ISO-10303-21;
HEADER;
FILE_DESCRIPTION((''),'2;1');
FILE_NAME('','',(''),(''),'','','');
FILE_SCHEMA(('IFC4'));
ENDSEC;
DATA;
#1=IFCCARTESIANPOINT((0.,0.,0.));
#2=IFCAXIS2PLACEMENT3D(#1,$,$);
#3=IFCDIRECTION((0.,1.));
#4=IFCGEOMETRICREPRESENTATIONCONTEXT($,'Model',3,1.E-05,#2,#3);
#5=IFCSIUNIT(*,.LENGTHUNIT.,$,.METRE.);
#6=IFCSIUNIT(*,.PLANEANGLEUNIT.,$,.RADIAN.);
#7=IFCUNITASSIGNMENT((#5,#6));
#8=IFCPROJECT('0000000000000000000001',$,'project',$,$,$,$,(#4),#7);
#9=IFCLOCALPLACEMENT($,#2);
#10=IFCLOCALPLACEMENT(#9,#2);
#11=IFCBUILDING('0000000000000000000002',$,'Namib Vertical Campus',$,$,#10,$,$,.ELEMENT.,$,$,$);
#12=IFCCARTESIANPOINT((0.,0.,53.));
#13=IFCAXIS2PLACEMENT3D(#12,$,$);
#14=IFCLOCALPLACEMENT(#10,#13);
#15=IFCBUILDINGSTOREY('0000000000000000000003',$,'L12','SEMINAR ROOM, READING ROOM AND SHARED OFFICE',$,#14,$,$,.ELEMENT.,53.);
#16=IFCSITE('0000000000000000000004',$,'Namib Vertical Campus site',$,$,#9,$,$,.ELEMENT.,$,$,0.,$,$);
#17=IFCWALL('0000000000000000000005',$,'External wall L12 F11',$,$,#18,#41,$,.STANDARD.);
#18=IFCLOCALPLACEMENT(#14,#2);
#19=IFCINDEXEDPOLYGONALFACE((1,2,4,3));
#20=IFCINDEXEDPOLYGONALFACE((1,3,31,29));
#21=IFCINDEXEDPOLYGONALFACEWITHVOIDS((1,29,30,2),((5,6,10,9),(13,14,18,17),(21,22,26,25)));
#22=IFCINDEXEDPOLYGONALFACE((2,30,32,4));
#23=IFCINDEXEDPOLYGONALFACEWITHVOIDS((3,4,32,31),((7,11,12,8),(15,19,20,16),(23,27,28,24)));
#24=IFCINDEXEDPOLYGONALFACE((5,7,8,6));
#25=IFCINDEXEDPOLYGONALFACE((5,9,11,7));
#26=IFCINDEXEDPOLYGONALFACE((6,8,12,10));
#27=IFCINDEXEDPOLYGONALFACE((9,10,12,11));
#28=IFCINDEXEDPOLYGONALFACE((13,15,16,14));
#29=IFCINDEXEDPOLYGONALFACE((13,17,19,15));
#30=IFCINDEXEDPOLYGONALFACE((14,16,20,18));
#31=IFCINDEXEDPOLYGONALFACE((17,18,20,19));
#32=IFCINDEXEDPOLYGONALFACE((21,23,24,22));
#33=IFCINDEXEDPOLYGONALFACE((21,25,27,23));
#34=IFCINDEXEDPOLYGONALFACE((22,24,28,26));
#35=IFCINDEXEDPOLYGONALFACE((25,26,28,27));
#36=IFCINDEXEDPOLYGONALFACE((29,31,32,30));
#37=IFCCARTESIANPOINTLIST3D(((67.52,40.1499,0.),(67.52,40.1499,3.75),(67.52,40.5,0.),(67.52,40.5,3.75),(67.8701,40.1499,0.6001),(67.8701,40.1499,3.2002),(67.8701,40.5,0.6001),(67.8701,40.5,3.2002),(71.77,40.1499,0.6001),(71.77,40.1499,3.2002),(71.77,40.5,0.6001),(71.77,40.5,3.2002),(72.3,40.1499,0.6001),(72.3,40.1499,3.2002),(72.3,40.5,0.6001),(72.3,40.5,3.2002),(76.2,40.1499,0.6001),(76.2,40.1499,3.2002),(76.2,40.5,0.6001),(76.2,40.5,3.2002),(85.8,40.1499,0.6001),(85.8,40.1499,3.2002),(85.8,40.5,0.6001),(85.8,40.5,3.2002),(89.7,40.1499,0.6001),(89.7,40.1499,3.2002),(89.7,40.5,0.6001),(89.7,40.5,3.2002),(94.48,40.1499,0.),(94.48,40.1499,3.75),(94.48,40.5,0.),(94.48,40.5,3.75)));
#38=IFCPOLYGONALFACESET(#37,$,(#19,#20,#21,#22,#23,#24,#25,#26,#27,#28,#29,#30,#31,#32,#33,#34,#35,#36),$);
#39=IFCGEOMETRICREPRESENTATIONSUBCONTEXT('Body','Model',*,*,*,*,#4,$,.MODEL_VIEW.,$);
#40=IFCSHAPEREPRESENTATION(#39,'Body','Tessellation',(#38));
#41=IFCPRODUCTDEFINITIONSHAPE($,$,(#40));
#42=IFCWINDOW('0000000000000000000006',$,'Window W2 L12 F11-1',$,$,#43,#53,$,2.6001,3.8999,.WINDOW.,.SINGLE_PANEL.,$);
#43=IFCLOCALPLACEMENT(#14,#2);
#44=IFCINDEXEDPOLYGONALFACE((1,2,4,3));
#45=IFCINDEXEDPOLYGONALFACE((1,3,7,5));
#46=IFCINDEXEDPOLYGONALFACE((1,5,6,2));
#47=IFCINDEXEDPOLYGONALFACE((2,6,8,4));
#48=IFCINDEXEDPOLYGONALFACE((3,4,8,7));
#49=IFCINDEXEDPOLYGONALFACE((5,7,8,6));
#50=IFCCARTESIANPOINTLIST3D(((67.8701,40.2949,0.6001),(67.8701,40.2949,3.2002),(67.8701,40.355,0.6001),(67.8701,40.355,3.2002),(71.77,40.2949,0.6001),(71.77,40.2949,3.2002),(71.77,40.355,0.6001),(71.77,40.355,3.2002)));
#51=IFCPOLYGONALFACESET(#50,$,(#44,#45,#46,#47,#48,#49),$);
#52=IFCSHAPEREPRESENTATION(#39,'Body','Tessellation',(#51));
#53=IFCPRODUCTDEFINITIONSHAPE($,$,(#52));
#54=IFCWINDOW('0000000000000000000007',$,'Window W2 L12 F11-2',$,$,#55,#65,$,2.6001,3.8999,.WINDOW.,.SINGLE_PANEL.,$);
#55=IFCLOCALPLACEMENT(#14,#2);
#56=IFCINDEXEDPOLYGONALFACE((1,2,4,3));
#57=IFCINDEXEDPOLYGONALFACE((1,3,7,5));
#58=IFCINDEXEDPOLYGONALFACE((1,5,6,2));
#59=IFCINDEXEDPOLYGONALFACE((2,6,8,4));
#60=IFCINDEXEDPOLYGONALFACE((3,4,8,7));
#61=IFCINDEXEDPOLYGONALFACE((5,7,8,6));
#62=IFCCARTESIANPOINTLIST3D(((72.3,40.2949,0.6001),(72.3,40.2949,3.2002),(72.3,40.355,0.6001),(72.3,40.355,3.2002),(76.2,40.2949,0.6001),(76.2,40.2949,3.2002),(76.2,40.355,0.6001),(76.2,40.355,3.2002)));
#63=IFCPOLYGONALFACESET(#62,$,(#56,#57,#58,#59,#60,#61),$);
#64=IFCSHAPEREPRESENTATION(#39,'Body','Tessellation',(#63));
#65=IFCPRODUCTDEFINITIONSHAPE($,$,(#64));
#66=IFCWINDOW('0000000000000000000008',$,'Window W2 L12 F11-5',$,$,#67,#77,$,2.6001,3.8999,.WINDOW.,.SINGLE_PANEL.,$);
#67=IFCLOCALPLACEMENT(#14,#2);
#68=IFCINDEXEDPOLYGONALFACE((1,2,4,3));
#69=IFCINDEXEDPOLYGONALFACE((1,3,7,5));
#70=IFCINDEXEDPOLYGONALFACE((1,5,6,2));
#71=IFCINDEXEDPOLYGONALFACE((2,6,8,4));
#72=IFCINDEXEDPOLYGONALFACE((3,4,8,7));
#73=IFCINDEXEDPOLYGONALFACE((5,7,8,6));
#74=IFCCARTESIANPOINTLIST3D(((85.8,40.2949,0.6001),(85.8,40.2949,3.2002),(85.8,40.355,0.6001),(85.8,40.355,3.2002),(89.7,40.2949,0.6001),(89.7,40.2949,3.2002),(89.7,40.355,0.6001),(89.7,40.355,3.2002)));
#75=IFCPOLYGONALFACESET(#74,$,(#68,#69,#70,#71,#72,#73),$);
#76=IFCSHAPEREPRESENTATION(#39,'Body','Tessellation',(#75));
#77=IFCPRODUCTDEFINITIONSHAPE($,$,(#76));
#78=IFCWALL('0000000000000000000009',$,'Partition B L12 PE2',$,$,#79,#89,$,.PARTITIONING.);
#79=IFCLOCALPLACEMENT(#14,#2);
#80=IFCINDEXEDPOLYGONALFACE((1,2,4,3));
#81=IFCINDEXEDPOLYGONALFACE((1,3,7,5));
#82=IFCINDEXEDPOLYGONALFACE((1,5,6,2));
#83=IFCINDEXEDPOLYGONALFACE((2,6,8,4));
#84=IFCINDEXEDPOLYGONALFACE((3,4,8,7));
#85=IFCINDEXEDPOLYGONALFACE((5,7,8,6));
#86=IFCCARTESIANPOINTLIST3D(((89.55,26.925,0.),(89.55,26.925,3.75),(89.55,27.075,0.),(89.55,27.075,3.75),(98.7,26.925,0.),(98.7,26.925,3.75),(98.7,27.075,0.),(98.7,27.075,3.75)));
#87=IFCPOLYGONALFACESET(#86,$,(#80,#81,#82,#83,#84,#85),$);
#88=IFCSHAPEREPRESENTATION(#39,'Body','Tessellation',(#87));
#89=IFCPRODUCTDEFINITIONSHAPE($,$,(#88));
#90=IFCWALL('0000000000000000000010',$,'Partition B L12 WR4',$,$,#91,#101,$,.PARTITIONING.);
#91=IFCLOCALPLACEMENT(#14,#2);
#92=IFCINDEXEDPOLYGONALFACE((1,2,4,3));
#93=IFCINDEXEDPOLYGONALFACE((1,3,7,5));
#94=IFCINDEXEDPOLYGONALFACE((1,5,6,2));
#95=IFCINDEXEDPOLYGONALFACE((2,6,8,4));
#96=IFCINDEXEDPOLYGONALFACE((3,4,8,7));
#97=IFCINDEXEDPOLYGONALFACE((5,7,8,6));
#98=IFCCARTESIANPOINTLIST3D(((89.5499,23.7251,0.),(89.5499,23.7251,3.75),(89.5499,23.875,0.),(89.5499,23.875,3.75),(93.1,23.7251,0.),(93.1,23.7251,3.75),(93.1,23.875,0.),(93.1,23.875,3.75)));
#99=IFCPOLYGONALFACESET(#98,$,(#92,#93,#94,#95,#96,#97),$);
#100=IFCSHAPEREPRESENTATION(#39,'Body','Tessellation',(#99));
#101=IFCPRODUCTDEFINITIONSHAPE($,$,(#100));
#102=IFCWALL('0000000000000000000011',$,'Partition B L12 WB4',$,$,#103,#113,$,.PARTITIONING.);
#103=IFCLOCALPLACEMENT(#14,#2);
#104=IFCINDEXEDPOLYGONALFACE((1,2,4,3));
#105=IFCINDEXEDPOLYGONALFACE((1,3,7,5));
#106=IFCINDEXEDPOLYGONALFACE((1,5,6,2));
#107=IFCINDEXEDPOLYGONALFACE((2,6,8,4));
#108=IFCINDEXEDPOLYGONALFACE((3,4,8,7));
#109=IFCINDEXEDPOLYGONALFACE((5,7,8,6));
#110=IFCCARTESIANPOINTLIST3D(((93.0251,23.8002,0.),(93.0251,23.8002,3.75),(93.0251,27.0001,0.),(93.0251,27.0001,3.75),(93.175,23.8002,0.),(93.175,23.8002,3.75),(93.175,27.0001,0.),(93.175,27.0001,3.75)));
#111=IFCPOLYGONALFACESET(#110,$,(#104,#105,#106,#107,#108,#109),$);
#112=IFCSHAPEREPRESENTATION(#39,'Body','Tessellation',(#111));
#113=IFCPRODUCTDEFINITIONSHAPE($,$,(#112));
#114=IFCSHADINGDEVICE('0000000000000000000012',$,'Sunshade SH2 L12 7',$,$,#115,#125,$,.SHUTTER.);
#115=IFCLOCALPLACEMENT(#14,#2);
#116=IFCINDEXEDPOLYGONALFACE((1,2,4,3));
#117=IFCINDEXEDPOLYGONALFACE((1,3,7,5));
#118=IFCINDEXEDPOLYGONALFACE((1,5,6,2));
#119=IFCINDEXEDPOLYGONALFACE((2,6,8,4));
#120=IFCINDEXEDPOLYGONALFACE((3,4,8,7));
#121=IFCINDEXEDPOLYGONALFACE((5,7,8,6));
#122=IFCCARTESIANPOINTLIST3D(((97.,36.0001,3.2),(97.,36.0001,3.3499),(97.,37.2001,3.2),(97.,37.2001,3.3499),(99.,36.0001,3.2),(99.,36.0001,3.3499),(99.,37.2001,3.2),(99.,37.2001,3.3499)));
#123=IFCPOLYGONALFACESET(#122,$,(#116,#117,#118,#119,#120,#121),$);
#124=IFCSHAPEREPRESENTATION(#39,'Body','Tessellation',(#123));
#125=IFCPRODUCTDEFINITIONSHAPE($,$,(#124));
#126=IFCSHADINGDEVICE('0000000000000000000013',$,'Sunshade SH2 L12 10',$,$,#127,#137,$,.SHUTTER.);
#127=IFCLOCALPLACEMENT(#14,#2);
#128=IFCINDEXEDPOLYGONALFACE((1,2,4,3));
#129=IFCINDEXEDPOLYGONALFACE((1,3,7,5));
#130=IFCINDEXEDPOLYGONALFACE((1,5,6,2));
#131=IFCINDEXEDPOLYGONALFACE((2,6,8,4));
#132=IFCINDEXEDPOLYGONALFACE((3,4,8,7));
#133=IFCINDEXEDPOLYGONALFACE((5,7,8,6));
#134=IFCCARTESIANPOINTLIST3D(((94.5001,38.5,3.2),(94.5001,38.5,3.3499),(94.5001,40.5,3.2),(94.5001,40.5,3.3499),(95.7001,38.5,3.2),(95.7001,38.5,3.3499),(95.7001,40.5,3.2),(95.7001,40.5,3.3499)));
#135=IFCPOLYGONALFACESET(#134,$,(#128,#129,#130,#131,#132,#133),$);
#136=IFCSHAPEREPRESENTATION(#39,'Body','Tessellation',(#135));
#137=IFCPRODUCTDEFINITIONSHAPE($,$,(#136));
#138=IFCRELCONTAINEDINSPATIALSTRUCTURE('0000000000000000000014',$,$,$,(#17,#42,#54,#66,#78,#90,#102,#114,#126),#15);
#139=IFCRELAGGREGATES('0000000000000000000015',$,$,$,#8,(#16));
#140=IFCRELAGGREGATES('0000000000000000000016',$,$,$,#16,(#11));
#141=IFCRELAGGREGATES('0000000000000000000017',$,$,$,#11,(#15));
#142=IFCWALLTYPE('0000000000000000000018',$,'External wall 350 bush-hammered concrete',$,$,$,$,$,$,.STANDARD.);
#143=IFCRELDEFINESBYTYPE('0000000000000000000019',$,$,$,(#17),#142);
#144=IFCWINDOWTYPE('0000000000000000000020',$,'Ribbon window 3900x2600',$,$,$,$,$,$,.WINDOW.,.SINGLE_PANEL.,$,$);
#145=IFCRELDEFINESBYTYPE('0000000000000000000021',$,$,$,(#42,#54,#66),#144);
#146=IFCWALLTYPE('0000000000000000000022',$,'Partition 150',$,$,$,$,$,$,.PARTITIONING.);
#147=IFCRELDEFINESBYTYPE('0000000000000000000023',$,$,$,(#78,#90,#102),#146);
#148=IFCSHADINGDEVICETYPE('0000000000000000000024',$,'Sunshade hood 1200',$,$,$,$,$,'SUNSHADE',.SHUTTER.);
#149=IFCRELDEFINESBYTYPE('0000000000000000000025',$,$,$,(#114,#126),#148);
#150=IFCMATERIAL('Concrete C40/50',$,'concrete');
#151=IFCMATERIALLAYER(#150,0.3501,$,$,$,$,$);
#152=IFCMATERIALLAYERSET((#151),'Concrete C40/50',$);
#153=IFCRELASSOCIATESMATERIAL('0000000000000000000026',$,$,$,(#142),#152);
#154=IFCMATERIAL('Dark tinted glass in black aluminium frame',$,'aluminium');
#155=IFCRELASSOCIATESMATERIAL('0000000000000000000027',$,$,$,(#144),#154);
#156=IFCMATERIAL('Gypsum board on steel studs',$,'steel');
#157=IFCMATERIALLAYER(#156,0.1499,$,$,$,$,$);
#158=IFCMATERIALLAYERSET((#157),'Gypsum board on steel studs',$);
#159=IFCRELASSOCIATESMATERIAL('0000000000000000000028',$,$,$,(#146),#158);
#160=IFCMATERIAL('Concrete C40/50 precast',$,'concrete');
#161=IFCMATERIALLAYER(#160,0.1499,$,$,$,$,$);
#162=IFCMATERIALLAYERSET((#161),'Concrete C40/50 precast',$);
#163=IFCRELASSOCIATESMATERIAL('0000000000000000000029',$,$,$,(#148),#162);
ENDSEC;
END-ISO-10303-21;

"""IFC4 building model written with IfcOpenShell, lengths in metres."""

from ifc_helpers import new_model, si_unit, direction, frame, frame_2d, origin, origin_2d, place, context, subcontext, project, spatial, rectangle, extrude, material, layer, layer_set, type_object, element, fill, save


model = new_model("IFC4")

# Units and contexts
model_context = context("Model", 3, precision=1e-05, world=origin(), true_north=direction((0.0, 1.0)))
body_context = subcontext(model_context, "Body", "Model", "MODEL_VIEW")
ifc_project = project(units=[si_unit("LENGTHUNIT", "METRE"), si_unit("PLANEANGLEUNIT", "RADIAN")], contexts=[model_context])

# Site, building, storey
site_placement = place(None, origin())
site = spatial("IfcSite", under=ifc_project, at=site_placement, Name="Namib Vertical Campus site", CompositionType="ELEMENT", RefElevation=0.0)
building_placement = place(site_placement, origin())
building = spatial("IfcBuilding", under=site, at=building_placement, Name="Namib Vertical Campus", CompositionType="ELEMENT")
storey_placement = place(building_placement, frame((0.0, 0.0, 53.0)))
storey = spatial("IfcBuildingStorey", under=building, at=storey_placement, Name="L12", Description="SEMINAR ROOM, READING ROOM AND SHARED OFFICE", CompositionType="ELEMENT", Elevation=53.0)

# Shared definitions
ifc_material_1 = material(Name="Concrete C40/50", Category="concrete")
ifc_layer_1 = layer(ifc_material_1, 0.3501)
ifc_layer_set_1 = layer_set([ifc_layer_1], Name="Concrete C40/50")
wall_type_1 = type_object("IfcWallType", Name="External wall 350 bush-hammered concrete", PredefinedType="STANDARD", material=ifc_layer_set_1)

# Wall, openings, windows
wall_1_placement = place(storey_placement, frame((94.48, 40.325, 0.0), z_axis=(0.0, 0.0, 1.0), x_axis=(-1.0, 0.0, 0.0)))
wall_1 = element("IfcWall", 1, at=wall_1_placement, inside=storey, type_object=wall_type_1, Name="External wall L12 F11", PredefinedType="STANDARD", context=body_context, shape_type="SweptSolid", body=[
    extrude(rectangle(XDim=26.96, YDim=0.3501, at=frame_2d((13.48, 0.0))), origin(), (0.0, 0.0, 1.0), 3.75),
])
opening_1_placement = place(wall_1_placement, frame((22.71, 0.0, 0.6001)))
opening_1 = element("IfcOpeningElement", 2, at=opening_1_placement, cuts=wall_1, PredefinedType="OPENING", context=body_context, shape_type="SweptSolid", body=[
    extrude(rectangle(XDim=3.8999, YDim=2.6001, at=frame_2d((1.95, 1.3))), frame((0.0, 0.1851, 0.0), z_axis=(0.0, -1.0, 0.0), x_axis=(1.0, 0.0, 0.0)), (0.0, 0.0, 1.0), 0.3701),
])
opening_2_placement = place(wall_1_placement, frame((18.28, 0.0, 0.6001)))
opening_2 = element("IfcOpeningElement", 3, at=opening_2_placement, cuts=wall_1, PredefinedType="OPENING", context=body_context, shape_type="SweptSolid", body=[
    extrude(rectangle(XDim=3.8999, YDim=2.6001, at=frame_2d((1.95, 1.3))), frame((0.0, 0.1851, 0.0), z_axis=(0.0, -1.0, 0.0), x_axis=(1.0, 0.0, 0.0)), (0.0, 0.0, 1.0), 0.3701),
])
opening_3_placement = place(wall_1_placement, frame((4.78, 0.0, 0.6001)))
opening_3 = element("IfcOpeningElement", 4, at=opening_3_placement, cuts=wall_1, PredefinedType="OPENING", context=body_context, shape_type="SweptSolid", body=[
    extrude(rectangle(XDim=3.8999, YDim=2.6001, at=frame_2d((1.95, 1.3))), frame((0.0, 0.1851, 0.0), z_axis=(0.0, -1.0, 0.0), x_axis=(1.0, 0.0, 0.0)), (0.0, 0.0, 1.0), 0.3701),
])
ifc_material_2 = material(Name="Dark tinted glass in black aluminium frame", Category="aluminium")
window_type = type_object("IfcWindowType", Name="Ribbon window 3900x2600", PartitioningType="SINGLE_PANEL", PredefinedType="WINDOW", material=ifc_material_2)
window_1_placement = place(opening_1_placement, origin())
window_1 = element("IfcWindow", 5, at=window_1_placement, inside=storey, type_object=window_type, Name="Window W2 L12 F11-1", OverallHeight=2.6001, OverallWidth=3.8999, PartitioningType="SINGLE_PANEL", PredefinedType="WINDOW", context=body_context, shape_type="SweptSolid", body=[
    extrude(rectangle(XDim=3.8999, YDim=2.6001, at=frame_2d((1.95, 1.3))), frame((0.0, 0.03, 0.0), z_axis=(0.0, -1.0, 0.0), x_axis=(1.0, 0.0, 0.0)), (0.0, 0.0, 1.0), 0.0601),
])
fill(opening_1, window_1)
window_2_placement = place(opening_2_placement, origin())
window_2 = element("IfcWindow", 6, at=window_2_placement, inside=storey, type_object=window_type, Name="Window W2 L12 F11-2", OverallHeight=2.6001, OverallWidth=3.8999, PartitioningType="SINGLE_PANEL", PredefinedType="WINDOW", context=body_context, shape_type="SweptSolid", body=[
    extrude(rectangle(XDim=3.8999, YDim=2.6001, at=frame_2d((1.95, 1.3))), frame((0.0, 0.03, 0.0), z_axis=(0.0, -1.0, 0.0), x_axis=(1.0, 0.0, 0.0)), (0.0, 0.0, 1.0), 0.0601),
])
fill(opening_2, window_2)
window_3_placement = place(opening_3_placement, origin())
window_3 = element("IfcWindow", 7, at=window_3_placement, inside=storey, type_object=window_type, Name="Window W2 L12 F11-5", OverallHeight=2.6001, OverallWidth=3.8999, PartitioningType="SINGLE_PANEL", PredefinedType="WINDOW", context=body_context, shape_type="SweptSolid", body=[
    extrude(rectangle(XDim=3.8999, YDim=2.6001, at=frame_2d((1.95, 1.3))), frame((0.0, 0.03, 0.0), z_axis=(0.0, -1.0, 0.0), x_axis=(1.0, 0.0, 0.0)), (0.0, 0.0, 1.0), 0.0601),
])
fill(opening_3, window_3)

# Walls
ifc_material_3 = material(Name="Gypsum board on steel studs", Category="steel")
ifc_layer_2 = layer(ifc_material_3, 0.1499)
ifc_layer_set_2 = layer_set([ifc_layer_2], Name="Gypsum board on steel studs")
wall_type_2 = type_object("IfcWallType", Name="Partition 150", PredefinedType="PARTITIONING", material=ifc_layer_set_2)
wall_2_placement = place(storey_placement, frame((89.55, 27.0, 0.0), z_axis=(0.0, 0.0, 1.0), x_axis=(1.0, 0.0, 0.0)))
element("IfcWall", 8, at=wall_2_placement, inside=storey, type_object=wall_type_2, Name="Partition B L12 PE2", PredefinedType="PARTITIONING", context=body_context, shape_type="SweptSolid", body=[
    extrude(rectangle(XDim=9.1499, YDim=0.1499, at=frame_2d((4.575, 0.0))), origin(), (0.0, 0.0, 1.0), 3.75),
])
wall_3_placement = place(storey_placement, frame((89.55, 23.8, 0.0), z_axis=(0.0, 0.0, 1.0), x_axis=(1.0, 0.0, 0.0)))
element("IfcWall", 9, at=wall_3_placement, inside=storey, type_object=wall_type_2, Name="Partition B L12 WR4", PredefinedType="PARTITIONING", context=body_context, shape_type="SweptSolid", body=[
    extrude(rectangle(XDim=3.55, YDim=0.1499, at=frame_2d((1.7749, 0.0))), origin(), (0.0, 0.0, 1.0), 3.75),
])
wall_4_placement = place(storey_placement, frame((93.1001, 23.8, 0.0), z_axis=(0.0, 0.0, 1.0), x_axis=(0.0, 1.0, 0.0)))
element("IfcWall", 10, at=wall_4_placement, inside=storey, type_object=wall_type_2, Name="Partition B L12 WB4", PredefinedType="PARTITIONING", context=body_context, shape_type="SweptSolid", body=[
    extrude(rectangle(XDim=3.2, YDim=0.1499, at=frame_2d((1.6001, 0.0))), origin(), (0.0, 0.0, 1.0), 3.75),
])

# Shading devices
ifc_material_4 = material(Name="Concrete C40/50 precast", Category="concrete")
ifc_layer_3 = layer(ifc_material_4, 0.1499)
ifc_layer_set_3 = layer_set([ifc_layer_3], Name="Concrete C40/50 precast")
shading_device_type = type_object("IfcShadingDeviceType", Name="Sunshade hood 1200", ElementType="SUNSHADE", PredefinedType="SHUTTER", material=ifc_layer_set_3)
for number, where, z_axis, x_axis, name in (
    (11, (98.0, 36.6001, 3.2), (0.0, 0.0, 1.0), (-1.0, 0.0, 0.0), "Sunshade SH2 L12 7"),
    (12, (95.1001, 39.5, 3.2), (0.0, 0.0, 1.0), (0.0, 1.0, 0.0), "Sunshade SH2 L12 10"),
):
    element("IfcShadingDevice", number, at=place(storey_placement, frame(where, z_axis=z_axis, x_axis=x_axis)), inside=storey, type_object=shading_device_type, Name=name, PredefinedType="SHUTTER", context=body_context, shape_type="SweptSolid", body=[
        extrude(rectangle(XDim=2.0, YDim=1.2, at=origin_2d()), origin(), (0.0, 0.0, 1.0), 0.1499),
    ])

save(model, "model.ifc")
